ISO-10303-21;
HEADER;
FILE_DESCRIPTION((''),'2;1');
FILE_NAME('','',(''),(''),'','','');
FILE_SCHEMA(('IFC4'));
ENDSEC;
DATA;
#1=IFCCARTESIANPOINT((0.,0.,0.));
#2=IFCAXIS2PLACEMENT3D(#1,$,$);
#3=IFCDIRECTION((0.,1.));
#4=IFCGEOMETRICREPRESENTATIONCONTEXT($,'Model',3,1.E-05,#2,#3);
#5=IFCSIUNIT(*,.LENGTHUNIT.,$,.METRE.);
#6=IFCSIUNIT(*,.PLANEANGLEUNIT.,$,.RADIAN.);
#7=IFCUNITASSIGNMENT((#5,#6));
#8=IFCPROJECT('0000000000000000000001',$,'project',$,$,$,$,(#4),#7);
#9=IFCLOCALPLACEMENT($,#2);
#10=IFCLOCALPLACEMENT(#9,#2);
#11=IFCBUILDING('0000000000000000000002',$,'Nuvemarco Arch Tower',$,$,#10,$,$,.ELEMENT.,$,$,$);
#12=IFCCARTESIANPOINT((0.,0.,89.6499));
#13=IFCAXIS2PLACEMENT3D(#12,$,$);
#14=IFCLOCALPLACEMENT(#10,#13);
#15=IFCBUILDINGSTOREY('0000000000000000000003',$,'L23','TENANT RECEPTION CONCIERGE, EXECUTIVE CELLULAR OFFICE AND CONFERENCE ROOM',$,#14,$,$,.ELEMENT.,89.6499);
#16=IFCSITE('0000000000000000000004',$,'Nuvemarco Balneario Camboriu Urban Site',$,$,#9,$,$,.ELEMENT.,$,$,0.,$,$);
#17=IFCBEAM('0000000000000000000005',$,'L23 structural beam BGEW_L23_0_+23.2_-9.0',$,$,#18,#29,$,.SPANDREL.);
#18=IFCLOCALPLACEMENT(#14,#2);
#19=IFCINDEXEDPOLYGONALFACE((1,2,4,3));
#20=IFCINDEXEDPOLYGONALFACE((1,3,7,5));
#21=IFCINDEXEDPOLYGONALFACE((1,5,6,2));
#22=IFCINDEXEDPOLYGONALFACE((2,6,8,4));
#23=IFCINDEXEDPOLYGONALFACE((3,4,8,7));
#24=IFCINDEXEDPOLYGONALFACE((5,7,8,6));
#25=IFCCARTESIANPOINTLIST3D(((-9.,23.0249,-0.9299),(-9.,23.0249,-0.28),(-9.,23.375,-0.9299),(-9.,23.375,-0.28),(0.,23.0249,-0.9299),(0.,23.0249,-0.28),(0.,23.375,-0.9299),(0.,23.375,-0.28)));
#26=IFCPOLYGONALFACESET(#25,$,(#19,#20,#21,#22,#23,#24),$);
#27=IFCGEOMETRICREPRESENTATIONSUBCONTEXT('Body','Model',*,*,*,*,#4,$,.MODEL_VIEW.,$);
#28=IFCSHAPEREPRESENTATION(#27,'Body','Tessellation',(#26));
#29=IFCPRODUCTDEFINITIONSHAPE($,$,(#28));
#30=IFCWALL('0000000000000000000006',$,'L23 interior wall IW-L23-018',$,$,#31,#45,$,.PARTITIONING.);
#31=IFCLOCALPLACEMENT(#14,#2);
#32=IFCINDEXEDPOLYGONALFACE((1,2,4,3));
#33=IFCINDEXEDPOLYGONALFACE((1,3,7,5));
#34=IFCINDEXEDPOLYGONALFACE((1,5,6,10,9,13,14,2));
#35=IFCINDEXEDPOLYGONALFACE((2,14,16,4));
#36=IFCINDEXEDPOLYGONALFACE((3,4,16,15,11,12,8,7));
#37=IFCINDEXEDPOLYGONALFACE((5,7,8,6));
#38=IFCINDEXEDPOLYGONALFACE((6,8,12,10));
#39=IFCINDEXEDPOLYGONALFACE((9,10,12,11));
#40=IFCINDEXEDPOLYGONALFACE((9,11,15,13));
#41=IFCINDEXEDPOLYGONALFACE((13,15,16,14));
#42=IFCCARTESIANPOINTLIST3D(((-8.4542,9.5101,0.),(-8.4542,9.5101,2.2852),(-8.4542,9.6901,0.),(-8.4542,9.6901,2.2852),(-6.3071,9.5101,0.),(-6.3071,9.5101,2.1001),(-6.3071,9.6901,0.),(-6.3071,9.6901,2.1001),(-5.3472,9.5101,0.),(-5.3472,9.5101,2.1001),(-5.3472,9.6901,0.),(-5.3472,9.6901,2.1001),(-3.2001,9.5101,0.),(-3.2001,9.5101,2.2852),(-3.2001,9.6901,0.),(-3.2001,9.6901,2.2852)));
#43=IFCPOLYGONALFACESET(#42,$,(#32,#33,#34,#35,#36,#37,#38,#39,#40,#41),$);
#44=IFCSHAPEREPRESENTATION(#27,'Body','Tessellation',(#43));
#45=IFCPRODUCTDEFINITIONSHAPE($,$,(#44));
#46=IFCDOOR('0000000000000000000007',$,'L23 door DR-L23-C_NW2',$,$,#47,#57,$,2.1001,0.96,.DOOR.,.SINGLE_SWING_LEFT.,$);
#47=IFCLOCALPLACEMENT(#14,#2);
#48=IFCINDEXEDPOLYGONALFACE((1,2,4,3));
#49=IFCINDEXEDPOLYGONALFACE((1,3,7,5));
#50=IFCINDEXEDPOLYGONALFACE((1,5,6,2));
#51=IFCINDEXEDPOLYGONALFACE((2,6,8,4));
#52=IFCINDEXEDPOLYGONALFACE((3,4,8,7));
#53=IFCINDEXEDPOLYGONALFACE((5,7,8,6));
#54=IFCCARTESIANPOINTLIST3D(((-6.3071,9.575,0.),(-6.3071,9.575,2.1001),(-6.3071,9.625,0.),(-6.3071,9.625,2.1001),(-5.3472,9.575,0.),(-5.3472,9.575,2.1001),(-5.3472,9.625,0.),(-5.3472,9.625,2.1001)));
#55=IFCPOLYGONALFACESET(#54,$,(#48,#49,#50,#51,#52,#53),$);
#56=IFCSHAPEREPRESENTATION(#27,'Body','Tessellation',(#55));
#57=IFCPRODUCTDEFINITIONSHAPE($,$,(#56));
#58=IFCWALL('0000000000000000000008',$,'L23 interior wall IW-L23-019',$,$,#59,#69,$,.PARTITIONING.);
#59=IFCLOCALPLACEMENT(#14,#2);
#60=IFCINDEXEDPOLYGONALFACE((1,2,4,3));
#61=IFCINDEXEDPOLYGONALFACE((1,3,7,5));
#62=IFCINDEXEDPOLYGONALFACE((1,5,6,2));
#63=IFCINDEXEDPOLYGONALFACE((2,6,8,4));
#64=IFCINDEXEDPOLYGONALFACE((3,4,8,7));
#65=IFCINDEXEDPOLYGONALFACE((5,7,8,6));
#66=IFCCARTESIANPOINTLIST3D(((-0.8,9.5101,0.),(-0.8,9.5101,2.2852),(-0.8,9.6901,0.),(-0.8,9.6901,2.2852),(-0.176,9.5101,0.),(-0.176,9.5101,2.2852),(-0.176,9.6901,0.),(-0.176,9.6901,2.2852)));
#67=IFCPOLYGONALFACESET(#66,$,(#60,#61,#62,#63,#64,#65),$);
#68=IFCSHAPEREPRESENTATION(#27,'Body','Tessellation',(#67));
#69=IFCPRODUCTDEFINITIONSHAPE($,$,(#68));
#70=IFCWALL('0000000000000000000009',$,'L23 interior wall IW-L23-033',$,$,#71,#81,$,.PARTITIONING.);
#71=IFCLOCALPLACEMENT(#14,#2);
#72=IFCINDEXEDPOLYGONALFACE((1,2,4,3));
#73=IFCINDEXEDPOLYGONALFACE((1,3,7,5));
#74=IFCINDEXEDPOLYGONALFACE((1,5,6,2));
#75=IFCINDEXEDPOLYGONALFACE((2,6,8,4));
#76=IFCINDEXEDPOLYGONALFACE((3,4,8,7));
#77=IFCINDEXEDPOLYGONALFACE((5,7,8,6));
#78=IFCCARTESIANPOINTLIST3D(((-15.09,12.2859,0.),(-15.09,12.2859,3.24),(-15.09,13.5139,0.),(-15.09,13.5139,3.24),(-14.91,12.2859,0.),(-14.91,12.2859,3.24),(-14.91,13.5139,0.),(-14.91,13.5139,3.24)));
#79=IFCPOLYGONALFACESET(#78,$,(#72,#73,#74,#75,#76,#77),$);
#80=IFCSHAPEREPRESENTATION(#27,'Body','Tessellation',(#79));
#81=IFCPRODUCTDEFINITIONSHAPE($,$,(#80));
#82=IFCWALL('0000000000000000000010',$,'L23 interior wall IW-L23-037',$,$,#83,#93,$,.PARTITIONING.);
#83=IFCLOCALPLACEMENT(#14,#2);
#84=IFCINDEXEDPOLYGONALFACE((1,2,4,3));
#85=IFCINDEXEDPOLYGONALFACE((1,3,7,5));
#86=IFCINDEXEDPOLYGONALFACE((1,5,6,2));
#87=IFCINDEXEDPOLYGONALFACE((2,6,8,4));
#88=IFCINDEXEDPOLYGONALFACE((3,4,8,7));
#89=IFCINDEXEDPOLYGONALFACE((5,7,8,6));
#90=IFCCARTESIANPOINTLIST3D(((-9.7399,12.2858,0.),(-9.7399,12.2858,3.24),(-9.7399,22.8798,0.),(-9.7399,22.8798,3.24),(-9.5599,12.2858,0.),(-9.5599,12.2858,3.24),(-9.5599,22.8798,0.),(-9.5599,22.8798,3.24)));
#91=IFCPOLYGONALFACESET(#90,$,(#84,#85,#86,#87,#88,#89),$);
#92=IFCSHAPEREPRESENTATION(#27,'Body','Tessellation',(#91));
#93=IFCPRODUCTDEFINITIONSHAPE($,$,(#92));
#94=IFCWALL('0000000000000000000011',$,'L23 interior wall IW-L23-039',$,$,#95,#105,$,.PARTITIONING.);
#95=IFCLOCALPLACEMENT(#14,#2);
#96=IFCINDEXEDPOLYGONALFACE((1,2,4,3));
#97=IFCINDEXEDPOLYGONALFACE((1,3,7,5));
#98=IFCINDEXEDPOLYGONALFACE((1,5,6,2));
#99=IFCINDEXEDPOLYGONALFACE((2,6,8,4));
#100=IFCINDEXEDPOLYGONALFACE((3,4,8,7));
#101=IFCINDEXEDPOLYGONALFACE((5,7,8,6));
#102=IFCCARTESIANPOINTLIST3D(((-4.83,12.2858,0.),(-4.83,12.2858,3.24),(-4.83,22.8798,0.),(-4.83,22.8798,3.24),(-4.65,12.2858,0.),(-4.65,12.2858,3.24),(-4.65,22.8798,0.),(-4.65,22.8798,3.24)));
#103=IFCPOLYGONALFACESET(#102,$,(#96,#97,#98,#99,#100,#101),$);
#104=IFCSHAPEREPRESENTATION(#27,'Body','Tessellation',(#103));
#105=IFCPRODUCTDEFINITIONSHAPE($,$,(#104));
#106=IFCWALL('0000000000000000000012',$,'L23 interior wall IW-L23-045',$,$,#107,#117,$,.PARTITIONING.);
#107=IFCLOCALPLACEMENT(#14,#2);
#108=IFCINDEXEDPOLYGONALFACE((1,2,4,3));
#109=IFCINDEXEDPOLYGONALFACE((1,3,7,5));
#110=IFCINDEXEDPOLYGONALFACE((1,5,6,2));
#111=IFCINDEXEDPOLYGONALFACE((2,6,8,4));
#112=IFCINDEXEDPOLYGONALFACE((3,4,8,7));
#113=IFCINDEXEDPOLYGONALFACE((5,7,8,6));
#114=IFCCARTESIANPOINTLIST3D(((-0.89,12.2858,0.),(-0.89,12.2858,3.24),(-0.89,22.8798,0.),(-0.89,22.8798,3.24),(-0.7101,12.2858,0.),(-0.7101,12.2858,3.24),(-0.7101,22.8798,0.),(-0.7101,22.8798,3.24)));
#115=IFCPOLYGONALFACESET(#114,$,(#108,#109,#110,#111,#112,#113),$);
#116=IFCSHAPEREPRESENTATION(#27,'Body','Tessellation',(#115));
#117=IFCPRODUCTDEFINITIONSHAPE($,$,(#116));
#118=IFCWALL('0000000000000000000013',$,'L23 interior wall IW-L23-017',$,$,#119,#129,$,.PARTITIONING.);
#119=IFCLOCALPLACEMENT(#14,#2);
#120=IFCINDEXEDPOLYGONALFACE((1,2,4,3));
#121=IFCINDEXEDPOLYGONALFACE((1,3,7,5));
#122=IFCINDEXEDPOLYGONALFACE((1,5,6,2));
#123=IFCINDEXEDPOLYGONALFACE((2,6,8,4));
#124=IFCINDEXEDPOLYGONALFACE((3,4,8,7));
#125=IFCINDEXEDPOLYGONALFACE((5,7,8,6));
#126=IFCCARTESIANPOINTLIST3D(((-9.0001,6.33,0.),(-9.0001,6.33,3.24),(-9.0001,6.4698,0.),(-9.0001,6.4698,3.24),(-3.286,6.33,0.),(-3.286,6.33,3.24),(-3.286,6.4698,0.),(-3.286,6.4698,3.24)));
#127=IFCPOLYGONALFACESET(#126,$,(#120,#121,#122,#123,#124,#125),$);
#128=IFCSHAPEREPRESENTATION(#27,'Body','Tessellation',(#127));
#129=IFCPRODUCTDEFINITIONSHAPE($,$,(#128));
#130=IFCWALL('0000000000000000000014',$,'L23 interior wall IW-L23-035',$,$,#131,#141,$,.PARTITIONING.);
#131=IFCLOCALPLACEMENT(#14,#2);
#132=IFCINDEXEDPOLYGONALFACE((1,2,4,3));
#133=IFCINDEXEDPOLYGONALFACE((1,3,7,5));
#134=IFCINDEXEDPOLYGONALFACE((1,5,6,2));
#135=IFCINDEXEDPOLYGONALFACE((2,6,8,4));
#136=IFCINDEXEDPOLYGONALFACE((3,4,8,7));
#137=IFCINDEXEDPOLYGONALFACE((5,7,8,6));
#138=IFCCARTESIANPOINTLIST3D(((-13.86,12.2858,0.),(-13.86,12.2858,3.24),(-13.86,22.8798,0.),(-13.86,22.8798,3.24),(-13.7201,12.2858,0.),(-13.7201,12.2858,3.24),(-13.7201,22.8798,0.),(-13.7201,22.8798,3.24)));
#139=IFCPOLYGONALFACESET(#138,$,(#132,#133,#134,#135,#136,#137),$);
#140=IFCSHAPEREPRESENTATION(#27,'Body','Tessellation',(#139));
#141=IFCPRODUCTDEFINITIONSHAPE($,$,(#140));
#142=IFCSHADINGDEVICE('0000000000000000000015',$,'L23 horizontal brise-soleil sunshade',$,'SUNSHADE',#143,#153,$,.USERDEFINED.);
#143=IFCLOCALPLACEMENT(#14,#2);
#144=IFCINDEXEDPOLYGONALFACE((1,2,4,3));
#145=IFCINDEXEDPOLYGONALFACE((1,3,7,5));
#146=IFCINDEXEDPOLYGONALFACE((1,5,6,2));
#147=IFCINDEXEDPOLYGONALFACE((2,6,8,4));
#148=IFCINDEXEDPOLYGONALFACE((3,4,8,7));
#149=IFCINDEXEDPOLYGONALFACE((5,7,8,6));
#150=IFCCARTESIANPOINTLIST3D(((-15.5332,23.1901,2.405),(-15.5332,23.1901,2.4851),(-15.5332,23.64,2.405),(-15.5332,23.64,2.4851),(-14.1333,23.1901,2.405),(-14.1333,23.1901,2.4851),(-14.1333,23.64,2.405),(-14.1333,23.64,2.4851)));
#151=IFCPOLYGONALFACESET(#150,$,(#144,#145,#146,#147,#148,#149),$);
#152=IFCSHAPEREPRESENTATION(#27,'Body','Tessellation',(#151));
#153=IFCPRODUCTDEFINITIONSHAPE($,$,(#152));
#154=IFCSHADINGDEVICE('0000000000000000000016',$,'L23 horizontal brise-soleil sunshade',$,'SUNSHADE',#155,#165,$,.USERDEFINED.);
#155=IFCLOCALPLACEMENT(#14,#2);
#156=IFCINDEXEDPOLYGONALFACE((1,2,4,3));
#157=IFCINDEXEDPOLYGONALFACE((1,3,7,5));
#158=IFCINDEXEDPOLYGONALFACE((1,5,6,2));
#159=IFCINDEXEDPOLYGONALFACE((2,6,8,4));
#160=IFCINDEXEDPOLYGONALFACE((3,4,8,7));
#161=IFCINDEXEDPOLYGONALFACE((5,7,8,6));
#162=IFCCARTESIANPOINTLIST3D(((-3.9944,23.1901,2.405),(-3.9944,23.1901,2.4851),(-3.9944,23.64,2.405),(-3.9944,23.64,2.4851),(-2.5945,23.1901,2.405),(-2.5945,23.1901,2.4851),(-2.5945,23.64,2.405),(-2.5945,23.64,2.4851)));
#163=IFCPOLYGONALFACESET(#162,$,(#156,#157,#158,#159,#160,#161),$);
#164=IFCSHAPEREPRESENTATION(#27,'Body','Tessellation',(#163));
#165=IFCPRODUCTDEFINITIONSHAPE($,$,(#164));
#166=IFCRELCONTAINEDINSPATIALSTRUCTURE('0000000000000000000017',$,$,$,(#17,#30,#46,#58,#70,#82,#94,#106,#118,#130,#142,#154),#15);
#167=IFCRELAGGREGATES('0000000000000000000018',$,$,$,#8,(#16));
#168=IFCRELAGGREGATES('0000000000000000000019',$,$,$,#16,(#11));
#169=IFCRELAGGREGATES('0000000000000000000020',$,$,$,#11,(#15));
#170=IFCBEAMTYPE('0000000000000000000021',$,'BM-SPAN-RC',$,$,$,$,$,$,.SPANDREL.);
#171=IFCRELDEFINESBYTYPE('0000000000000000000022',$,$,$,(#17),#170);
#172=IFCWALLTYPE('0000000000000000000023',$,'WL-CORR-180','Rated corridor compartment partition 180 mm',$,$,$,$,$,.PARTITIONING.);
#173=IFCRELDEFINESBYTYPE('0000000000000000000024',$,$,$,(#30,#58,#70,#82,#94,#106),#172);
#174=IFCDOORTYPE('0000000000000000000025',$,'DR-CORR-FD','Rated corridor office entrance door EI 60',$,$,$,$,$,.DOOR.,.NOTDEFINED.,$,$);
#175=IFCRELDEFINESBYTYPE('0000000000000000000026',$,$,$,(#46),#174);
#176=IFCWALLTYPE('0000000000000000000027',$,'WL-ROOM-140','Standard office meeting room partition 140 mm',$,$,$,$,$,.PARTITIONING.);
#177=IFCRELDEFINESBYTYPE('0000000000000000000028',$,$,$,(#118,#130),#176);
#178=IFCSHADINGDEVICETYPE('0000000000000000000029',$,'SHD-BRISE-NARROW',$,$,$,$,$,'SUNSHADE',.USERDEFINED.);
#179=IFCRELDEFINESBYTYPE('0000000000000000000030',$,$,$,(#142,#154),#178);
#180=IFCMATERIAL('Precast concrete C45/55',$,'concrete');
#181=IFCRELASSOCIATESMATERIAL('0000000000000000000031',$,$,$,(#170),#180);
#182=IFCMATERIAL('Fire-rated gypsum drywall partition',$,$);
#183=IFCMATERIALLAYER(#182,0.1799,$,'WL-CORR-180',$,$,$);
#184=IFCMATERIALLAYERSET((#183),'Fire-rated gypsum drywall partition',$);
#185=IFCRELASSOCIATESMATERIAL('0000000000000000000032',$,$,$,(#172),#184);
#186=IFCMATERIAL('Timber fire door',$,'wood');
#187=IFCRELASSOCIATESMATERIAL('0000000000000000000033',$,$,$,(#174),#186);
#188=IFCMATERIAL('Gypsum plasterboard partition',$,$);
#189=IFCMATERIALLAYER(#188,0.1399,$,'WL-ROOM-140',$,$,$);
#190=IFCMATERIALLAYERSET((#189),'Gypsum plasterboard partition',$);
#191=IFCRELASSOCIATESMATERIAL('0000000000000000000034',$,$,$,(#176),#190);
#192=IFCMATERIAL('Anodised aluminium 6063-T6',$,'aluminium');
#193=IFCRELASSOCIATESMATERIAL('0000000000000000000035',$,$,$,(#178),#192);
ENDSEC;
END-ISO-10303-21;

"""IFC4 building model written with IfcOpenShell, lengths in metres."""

from ifc_helpers import new_model, si_unit, direction, frame, frame_2d, origin, origin_2d, place, context, subcontext, project, spatial, rectangle, extrude, source, transform, mapped, material, layer, layer_set, material_profile, profile_set, type_object, type_shapes, element, fill, save


model = new_model("IFC4")

# Units and contexts
model_context = context("Model", 3, precision=1e-05, world=origin(), true_north=direction((0.0, 1.0)))
body_context = subcontext(model_context, "Body", "Model", "MODEL_VIEW")
ifc_project = project(units=[si_unit("LENGTHUNIT", "METRE"), si_unit("PLANEANGLEUNIT", "RADIAN")], contexts=[model_context])

# Site, building, storey
site_placement = place(None, origin())
site = spatial("IfcSite", under=ifc_project, at=site_placement, Name="Nuvemarco Balneario Camboriu Urban Site", CompositionType="ELEMENT", RefElevation=0.0)
building_placement = place(site_placement, origin())
building = spatial("IfcBuilding", under=site, at=building_placement, Name="Nuvemarco Arch Tower", CompositionType="ELEMENT")
storey_placement = place(building_placement, frame((0.0, 0.0, 89.6499)))
storey = spatial("IfcBuildingStorey", under=building, at=storey_placement, Name="L23", Description="TENANT RECEPTION CONCIERGE, EXECUTIVE CELLULAR OFFICE AND CONFERENCE ROOM", CompositionType="ELEMENT", Elevation=89.6499)

# Beam
ifc_material_1 = material(Name="Precast concrete C45/55", Category="concrete")
ifc_material_profile_1 = material_profile(ifc_material_1, rectangle(XDim=0.3501, YDim=0.6499, at=origin_2d()), Name="PC-SP-350x650")
ifc_profile_set_1 = profile_set([ifc_material_profile_1], Name="Precast concrete C45/55")
beam_type_1 = type_object("IfcBeamType", Name="BM-SPAN-RC", PredefinedType="SPANDREL", material=ifc_profile_set_1)
beam_1_placement = place(storey_placement, frame((-9.0, 23.2, -0.605), z_axis=(1.0, 0.0, 0.0), x_axis=(0.0, 1.0, 0.0)))
element("IfcBeam", 1, at=beam_1_placement, inside=storey, type_object=beam_type_1, Name="L23 structural beam BGEW_L23_0_+23.2_-9.0", PredefinedType="SPANDREL", context=body_context, shape_type="SweptSolid", body=[
    extrude(rectangle(XDim=0.3501, YDim=0.6499, at=origin_2d()), origin(), (0.0, 0.0, 1.0), 9.0),
])

# Wall, opening, door
ifc_material_2 = material(Name="Fire-rated gypsum drywall partition")
ifc_layer_1 = layer(ifc_material_2, 0.1799, Name="WL-CORR-180")
ifc_layer_set_1 = layer_set([ifc_layer_1], Name="Fire-rated gypsum drywall partition")
wall_type_1 = type_object("IfcWallType", Name="WL-CORR-180", Description="Rated corridor compartment partition 180 mm", PredefinedType="PARTITIONING", material=ifc_layer_set_1)
wall_1_placement = place(storey_placement, frame((-8.4541, 9.6001, 0.0), z_axis=(0.0, 0.0, 1.0), x_axis=(1.0, 0.0, 0.0)))
wall_1 = element("IfcWall", 2, at=wall_1_placement, inside=storey, type_object=wall_type_1, Name="L23 interior wall IW-L23-018", PredefinedType="PARTITIONING", context=body_context, shape_type="SweptSolid", body=[
    extrude(rectangle(XDim=5.2542, YDim=0.1799, at=frame_2d((2.627, 0.0))), origin(), (0.0, 0.0, 1.0), 2.2852),
])
opening_placement = place(wall_1_placement, frame((2.147, 0.0, 0.0)))
opening = element("IfcOpeningElement", 3, at=opening_placement, cuts=wall_1, PredefinedType="OPENING", context=body_context, shape_type="SweptSolid", body=[
    extrude(rectangle(XDim=0.96, YDim=2.1001, at=frame_2d((0.48, 1.05))), frame((0.0, 0.0999, 0.0), z_axis=(0.0, -1.0, 0.0), x_axis=(1.0, 0.0, 0.0)), (0.0, 0.0, 1.0), 0.2),
])
ifc_material_3 = material(Name="Timber fire door", Category="wood")
door_type = type_object("IfcDoorType", Name="DR-CORR-FD", Description="Rated corridor office entrance door EI 60", OperationType="NOTDEFINED", PredefinedType="DOOR", material=ifc_material_3)
shared_shape_1 = source(origin(), body_context, "Body", "SweptSolid", [
    extrude(rectangle(XDim=0.96, YDim=2.1001, at=frame_2d((0.48, 1.05))), frame((0.0, 0.0249, 0.0), z_axis=(0.0, -1.0, 0.0), x_axis=(1.0, 0.0, 0.0)), (0.0, 0.0, 1.0), 0.05),
])
type_shapes(door_type, [shared_shape_1])
door_placement = place(opening_placement, origin())
door = element("IfcDoor", 4, at=door_placement, inside=storey, type_object=door_type, Name="L23 door DR-L23-C_NW2", OperationType="SINGLE_SWING_LEFT", OverallHeight=2.1001, OverallWidth=0.96, PredefinedType="DOOR", context=body_context, shape_type="MappedRepresentation", body=[
    mapped(shared_shape_1, transform((0.0, 0.0, 0.0), scale=1.0)),
])
fill(opening, door)

# Walls
wall_2_placement = place(storey_placement, frame((-0.8, 9.6001, 0.0), z_axis=(0.0, 0.0, 1.0), x_axis=(1.0, 0.0, 0.0)))
element("IfcWall", 5, at=wall_2_placement, inside=storey, type_object=wall_type_1, Name="L23 interior wall IW-L23-019", PredefinedType="PARTITIONING", context=body_context, shape_type="SweptSolid", body=[
    extrude(rectangle(XDim=0.624, YDim=0.1799, at=frame_2d((0.312, 0.0))), origin(), (0.0, 0.0, 1.0), 2.2852),
])
wall_3_placement = place(storey_placement, frame((-15.0, 12.2859, 0.0), z_axis=(0.0, 0.0, 1.0), x_axis=(0.0, 1.0, 0.0)))
element("IfcWall", 6, at=wall_3_placement, inside=storey, type_object=wall_type_1, Name="L23 interior wall IW-L23-033", PredefinedType="PARTITIONING", context=body_context, shape_type="SweptSolid", body=[
    extrude(rectangle(XDim=1.228, YDim=0.1799, at=frame_2d((0.614, 0.0))), origin(), (0.0, 0.0, 1.0), 3.24),
])
for number, where, z_axis, x_axis, name in (
    (7, (-9.6499, 12.2859, 0.0), (0.0, 0.0, 1.0), (0.0, 1.0, 0.0), "L23 interior wall IW-L23-037"),
    (8, (-4.74, 12.2859, 0.0), (0.0, 0.0, 1.0), (0.0, 1.0, 0.0), "L23 interior wall IW-L23-039"),
    (9, (-0.8, 12.2859, 0.0), (0.0, 0.0, 1.0), (0.0, 1.0, 0.0), "L23 interior wall IW-L23-045"),
):
    element("IfcWall", number, at=place(storey_placement, frame(where, z_axis=z_axis, x_axis=x_axis)), inside=storey, type_object=wall_type_1, Name=name, PredefinedType="PARTITIONING", context=body_context, shape_type="SweptSolid", body=[
        extrude(rectangle(XDim=10.594, YDim=0.1799, at=frame_2d((5.2969, 0.0))), origin(), (0.0, 0.0, 1.0), 3.24),
    ])
ifc_material_4 = material(Name="Gypsum plasterboard partition")
ifc_layer_2 = layer(ifc_material_4, 0.1399, Name="WL-ROOM-140")
ifc_layer_set_2 = layer_set([ifc_layer_2], Name="Gypsum plasterboard partition")
wall_type_2 = type_object("IfcWallType", Name="WL-ROOM-140", Description="Standard office meeting room partition 140 mm", PredefinedType="PARTITIONING", material=ifc_layer_set_2)
wall_4_placement = place(storey_placement, frame((-9.0, 6.3999, 0.0), z_axis=(0.0, 0.0, 1.0), x_axis=(1.0, 0.0, 0.0)))
element("IfcWall", 10, at=wall_4_placement, inside=storey, type_object=wall_type_2, Name="L23 interior wall IW-L23-017", PredefinedType="PARTITIONING", context=body_context, shape_type="SweptSolid", body=[
    extrude(rectangle(XDim=5.7141, YDim=0.1399, at=frame_2d((2.8569, 0.0))), origin(), (0.0, 0.0, 1.0), 3.24),
])
wall_5_placement = place(storey_placement, frame((-13.79, 12.2859, 0.0), z_axis=(0.0, 0.0, 1.0), x_axis=(0.0, 1.0, 0.0)))
element("IfcWall", 11, at=wall_5_placement, inside=storey, type_object=wall_type_2, Name="L23 interior wall IW-L23-035", PredefinedType="PARTITIONING", context=body_context, shape_type="SweptSolid", body=[
    extrude(rectangle(XDim=10.594, YDim=0.1399, at=frame_2d((5.2969, 0.0))), origin(), (0.0, 0.0, 1.0), 3.24),
])

# Shading devices
ifc_material_5 = material(Name="Anodised aluminium 6063-T6", Category="aluminium")
shading_device_type = type_object("IfcShadingDeviceType", Name="SHD-BRISE-NARROW", ElementType="SUNSHADE", PredefinedType="USERDEFINED", material=ifc_material_5)
shared_shape_2 = source(origin(), body_context, "Body", "SweptSolid", [
    extrude(rectangle(XDim=1.3999, YDim=0.45, at=origin_2d()), origin(), (0.0, 0.0, 1.0), 0.0801),
])
type_shapes(shading_device_type, [shared_shape_2])
for number, where, z_axis, x_axis, name in (
    (12, (-14.8333, 23.415, 2.405), (0.0, 0.0, 1.0), (1.0, 0.0, 0.0), "L23 horizontal brise-soleil sunshade"),
    (13, (-3.2944, 23.415, 2.405), (0.0, 0.0, 1.0), (1.0, 0.0, 0.0), "L23 horizontal brise-soleil sunshade"),
):
    element("IfcShadingDevice", number, at=place(storey_placement, frame(where, z_axis=z_axis, x_axis=x_axis)), inside=storey, type_object=shading_device_type, Name=name, ObjectType="SUNSHADE", PredefinedType="USERDEFINED", context=body_context, shape_type="MappedRepresentation", body=[
        mapped(shared_shape_2, transform((0.0, 0.0, 0.0), scale=1.0)),
    ])

save(model, "model.ifc")
